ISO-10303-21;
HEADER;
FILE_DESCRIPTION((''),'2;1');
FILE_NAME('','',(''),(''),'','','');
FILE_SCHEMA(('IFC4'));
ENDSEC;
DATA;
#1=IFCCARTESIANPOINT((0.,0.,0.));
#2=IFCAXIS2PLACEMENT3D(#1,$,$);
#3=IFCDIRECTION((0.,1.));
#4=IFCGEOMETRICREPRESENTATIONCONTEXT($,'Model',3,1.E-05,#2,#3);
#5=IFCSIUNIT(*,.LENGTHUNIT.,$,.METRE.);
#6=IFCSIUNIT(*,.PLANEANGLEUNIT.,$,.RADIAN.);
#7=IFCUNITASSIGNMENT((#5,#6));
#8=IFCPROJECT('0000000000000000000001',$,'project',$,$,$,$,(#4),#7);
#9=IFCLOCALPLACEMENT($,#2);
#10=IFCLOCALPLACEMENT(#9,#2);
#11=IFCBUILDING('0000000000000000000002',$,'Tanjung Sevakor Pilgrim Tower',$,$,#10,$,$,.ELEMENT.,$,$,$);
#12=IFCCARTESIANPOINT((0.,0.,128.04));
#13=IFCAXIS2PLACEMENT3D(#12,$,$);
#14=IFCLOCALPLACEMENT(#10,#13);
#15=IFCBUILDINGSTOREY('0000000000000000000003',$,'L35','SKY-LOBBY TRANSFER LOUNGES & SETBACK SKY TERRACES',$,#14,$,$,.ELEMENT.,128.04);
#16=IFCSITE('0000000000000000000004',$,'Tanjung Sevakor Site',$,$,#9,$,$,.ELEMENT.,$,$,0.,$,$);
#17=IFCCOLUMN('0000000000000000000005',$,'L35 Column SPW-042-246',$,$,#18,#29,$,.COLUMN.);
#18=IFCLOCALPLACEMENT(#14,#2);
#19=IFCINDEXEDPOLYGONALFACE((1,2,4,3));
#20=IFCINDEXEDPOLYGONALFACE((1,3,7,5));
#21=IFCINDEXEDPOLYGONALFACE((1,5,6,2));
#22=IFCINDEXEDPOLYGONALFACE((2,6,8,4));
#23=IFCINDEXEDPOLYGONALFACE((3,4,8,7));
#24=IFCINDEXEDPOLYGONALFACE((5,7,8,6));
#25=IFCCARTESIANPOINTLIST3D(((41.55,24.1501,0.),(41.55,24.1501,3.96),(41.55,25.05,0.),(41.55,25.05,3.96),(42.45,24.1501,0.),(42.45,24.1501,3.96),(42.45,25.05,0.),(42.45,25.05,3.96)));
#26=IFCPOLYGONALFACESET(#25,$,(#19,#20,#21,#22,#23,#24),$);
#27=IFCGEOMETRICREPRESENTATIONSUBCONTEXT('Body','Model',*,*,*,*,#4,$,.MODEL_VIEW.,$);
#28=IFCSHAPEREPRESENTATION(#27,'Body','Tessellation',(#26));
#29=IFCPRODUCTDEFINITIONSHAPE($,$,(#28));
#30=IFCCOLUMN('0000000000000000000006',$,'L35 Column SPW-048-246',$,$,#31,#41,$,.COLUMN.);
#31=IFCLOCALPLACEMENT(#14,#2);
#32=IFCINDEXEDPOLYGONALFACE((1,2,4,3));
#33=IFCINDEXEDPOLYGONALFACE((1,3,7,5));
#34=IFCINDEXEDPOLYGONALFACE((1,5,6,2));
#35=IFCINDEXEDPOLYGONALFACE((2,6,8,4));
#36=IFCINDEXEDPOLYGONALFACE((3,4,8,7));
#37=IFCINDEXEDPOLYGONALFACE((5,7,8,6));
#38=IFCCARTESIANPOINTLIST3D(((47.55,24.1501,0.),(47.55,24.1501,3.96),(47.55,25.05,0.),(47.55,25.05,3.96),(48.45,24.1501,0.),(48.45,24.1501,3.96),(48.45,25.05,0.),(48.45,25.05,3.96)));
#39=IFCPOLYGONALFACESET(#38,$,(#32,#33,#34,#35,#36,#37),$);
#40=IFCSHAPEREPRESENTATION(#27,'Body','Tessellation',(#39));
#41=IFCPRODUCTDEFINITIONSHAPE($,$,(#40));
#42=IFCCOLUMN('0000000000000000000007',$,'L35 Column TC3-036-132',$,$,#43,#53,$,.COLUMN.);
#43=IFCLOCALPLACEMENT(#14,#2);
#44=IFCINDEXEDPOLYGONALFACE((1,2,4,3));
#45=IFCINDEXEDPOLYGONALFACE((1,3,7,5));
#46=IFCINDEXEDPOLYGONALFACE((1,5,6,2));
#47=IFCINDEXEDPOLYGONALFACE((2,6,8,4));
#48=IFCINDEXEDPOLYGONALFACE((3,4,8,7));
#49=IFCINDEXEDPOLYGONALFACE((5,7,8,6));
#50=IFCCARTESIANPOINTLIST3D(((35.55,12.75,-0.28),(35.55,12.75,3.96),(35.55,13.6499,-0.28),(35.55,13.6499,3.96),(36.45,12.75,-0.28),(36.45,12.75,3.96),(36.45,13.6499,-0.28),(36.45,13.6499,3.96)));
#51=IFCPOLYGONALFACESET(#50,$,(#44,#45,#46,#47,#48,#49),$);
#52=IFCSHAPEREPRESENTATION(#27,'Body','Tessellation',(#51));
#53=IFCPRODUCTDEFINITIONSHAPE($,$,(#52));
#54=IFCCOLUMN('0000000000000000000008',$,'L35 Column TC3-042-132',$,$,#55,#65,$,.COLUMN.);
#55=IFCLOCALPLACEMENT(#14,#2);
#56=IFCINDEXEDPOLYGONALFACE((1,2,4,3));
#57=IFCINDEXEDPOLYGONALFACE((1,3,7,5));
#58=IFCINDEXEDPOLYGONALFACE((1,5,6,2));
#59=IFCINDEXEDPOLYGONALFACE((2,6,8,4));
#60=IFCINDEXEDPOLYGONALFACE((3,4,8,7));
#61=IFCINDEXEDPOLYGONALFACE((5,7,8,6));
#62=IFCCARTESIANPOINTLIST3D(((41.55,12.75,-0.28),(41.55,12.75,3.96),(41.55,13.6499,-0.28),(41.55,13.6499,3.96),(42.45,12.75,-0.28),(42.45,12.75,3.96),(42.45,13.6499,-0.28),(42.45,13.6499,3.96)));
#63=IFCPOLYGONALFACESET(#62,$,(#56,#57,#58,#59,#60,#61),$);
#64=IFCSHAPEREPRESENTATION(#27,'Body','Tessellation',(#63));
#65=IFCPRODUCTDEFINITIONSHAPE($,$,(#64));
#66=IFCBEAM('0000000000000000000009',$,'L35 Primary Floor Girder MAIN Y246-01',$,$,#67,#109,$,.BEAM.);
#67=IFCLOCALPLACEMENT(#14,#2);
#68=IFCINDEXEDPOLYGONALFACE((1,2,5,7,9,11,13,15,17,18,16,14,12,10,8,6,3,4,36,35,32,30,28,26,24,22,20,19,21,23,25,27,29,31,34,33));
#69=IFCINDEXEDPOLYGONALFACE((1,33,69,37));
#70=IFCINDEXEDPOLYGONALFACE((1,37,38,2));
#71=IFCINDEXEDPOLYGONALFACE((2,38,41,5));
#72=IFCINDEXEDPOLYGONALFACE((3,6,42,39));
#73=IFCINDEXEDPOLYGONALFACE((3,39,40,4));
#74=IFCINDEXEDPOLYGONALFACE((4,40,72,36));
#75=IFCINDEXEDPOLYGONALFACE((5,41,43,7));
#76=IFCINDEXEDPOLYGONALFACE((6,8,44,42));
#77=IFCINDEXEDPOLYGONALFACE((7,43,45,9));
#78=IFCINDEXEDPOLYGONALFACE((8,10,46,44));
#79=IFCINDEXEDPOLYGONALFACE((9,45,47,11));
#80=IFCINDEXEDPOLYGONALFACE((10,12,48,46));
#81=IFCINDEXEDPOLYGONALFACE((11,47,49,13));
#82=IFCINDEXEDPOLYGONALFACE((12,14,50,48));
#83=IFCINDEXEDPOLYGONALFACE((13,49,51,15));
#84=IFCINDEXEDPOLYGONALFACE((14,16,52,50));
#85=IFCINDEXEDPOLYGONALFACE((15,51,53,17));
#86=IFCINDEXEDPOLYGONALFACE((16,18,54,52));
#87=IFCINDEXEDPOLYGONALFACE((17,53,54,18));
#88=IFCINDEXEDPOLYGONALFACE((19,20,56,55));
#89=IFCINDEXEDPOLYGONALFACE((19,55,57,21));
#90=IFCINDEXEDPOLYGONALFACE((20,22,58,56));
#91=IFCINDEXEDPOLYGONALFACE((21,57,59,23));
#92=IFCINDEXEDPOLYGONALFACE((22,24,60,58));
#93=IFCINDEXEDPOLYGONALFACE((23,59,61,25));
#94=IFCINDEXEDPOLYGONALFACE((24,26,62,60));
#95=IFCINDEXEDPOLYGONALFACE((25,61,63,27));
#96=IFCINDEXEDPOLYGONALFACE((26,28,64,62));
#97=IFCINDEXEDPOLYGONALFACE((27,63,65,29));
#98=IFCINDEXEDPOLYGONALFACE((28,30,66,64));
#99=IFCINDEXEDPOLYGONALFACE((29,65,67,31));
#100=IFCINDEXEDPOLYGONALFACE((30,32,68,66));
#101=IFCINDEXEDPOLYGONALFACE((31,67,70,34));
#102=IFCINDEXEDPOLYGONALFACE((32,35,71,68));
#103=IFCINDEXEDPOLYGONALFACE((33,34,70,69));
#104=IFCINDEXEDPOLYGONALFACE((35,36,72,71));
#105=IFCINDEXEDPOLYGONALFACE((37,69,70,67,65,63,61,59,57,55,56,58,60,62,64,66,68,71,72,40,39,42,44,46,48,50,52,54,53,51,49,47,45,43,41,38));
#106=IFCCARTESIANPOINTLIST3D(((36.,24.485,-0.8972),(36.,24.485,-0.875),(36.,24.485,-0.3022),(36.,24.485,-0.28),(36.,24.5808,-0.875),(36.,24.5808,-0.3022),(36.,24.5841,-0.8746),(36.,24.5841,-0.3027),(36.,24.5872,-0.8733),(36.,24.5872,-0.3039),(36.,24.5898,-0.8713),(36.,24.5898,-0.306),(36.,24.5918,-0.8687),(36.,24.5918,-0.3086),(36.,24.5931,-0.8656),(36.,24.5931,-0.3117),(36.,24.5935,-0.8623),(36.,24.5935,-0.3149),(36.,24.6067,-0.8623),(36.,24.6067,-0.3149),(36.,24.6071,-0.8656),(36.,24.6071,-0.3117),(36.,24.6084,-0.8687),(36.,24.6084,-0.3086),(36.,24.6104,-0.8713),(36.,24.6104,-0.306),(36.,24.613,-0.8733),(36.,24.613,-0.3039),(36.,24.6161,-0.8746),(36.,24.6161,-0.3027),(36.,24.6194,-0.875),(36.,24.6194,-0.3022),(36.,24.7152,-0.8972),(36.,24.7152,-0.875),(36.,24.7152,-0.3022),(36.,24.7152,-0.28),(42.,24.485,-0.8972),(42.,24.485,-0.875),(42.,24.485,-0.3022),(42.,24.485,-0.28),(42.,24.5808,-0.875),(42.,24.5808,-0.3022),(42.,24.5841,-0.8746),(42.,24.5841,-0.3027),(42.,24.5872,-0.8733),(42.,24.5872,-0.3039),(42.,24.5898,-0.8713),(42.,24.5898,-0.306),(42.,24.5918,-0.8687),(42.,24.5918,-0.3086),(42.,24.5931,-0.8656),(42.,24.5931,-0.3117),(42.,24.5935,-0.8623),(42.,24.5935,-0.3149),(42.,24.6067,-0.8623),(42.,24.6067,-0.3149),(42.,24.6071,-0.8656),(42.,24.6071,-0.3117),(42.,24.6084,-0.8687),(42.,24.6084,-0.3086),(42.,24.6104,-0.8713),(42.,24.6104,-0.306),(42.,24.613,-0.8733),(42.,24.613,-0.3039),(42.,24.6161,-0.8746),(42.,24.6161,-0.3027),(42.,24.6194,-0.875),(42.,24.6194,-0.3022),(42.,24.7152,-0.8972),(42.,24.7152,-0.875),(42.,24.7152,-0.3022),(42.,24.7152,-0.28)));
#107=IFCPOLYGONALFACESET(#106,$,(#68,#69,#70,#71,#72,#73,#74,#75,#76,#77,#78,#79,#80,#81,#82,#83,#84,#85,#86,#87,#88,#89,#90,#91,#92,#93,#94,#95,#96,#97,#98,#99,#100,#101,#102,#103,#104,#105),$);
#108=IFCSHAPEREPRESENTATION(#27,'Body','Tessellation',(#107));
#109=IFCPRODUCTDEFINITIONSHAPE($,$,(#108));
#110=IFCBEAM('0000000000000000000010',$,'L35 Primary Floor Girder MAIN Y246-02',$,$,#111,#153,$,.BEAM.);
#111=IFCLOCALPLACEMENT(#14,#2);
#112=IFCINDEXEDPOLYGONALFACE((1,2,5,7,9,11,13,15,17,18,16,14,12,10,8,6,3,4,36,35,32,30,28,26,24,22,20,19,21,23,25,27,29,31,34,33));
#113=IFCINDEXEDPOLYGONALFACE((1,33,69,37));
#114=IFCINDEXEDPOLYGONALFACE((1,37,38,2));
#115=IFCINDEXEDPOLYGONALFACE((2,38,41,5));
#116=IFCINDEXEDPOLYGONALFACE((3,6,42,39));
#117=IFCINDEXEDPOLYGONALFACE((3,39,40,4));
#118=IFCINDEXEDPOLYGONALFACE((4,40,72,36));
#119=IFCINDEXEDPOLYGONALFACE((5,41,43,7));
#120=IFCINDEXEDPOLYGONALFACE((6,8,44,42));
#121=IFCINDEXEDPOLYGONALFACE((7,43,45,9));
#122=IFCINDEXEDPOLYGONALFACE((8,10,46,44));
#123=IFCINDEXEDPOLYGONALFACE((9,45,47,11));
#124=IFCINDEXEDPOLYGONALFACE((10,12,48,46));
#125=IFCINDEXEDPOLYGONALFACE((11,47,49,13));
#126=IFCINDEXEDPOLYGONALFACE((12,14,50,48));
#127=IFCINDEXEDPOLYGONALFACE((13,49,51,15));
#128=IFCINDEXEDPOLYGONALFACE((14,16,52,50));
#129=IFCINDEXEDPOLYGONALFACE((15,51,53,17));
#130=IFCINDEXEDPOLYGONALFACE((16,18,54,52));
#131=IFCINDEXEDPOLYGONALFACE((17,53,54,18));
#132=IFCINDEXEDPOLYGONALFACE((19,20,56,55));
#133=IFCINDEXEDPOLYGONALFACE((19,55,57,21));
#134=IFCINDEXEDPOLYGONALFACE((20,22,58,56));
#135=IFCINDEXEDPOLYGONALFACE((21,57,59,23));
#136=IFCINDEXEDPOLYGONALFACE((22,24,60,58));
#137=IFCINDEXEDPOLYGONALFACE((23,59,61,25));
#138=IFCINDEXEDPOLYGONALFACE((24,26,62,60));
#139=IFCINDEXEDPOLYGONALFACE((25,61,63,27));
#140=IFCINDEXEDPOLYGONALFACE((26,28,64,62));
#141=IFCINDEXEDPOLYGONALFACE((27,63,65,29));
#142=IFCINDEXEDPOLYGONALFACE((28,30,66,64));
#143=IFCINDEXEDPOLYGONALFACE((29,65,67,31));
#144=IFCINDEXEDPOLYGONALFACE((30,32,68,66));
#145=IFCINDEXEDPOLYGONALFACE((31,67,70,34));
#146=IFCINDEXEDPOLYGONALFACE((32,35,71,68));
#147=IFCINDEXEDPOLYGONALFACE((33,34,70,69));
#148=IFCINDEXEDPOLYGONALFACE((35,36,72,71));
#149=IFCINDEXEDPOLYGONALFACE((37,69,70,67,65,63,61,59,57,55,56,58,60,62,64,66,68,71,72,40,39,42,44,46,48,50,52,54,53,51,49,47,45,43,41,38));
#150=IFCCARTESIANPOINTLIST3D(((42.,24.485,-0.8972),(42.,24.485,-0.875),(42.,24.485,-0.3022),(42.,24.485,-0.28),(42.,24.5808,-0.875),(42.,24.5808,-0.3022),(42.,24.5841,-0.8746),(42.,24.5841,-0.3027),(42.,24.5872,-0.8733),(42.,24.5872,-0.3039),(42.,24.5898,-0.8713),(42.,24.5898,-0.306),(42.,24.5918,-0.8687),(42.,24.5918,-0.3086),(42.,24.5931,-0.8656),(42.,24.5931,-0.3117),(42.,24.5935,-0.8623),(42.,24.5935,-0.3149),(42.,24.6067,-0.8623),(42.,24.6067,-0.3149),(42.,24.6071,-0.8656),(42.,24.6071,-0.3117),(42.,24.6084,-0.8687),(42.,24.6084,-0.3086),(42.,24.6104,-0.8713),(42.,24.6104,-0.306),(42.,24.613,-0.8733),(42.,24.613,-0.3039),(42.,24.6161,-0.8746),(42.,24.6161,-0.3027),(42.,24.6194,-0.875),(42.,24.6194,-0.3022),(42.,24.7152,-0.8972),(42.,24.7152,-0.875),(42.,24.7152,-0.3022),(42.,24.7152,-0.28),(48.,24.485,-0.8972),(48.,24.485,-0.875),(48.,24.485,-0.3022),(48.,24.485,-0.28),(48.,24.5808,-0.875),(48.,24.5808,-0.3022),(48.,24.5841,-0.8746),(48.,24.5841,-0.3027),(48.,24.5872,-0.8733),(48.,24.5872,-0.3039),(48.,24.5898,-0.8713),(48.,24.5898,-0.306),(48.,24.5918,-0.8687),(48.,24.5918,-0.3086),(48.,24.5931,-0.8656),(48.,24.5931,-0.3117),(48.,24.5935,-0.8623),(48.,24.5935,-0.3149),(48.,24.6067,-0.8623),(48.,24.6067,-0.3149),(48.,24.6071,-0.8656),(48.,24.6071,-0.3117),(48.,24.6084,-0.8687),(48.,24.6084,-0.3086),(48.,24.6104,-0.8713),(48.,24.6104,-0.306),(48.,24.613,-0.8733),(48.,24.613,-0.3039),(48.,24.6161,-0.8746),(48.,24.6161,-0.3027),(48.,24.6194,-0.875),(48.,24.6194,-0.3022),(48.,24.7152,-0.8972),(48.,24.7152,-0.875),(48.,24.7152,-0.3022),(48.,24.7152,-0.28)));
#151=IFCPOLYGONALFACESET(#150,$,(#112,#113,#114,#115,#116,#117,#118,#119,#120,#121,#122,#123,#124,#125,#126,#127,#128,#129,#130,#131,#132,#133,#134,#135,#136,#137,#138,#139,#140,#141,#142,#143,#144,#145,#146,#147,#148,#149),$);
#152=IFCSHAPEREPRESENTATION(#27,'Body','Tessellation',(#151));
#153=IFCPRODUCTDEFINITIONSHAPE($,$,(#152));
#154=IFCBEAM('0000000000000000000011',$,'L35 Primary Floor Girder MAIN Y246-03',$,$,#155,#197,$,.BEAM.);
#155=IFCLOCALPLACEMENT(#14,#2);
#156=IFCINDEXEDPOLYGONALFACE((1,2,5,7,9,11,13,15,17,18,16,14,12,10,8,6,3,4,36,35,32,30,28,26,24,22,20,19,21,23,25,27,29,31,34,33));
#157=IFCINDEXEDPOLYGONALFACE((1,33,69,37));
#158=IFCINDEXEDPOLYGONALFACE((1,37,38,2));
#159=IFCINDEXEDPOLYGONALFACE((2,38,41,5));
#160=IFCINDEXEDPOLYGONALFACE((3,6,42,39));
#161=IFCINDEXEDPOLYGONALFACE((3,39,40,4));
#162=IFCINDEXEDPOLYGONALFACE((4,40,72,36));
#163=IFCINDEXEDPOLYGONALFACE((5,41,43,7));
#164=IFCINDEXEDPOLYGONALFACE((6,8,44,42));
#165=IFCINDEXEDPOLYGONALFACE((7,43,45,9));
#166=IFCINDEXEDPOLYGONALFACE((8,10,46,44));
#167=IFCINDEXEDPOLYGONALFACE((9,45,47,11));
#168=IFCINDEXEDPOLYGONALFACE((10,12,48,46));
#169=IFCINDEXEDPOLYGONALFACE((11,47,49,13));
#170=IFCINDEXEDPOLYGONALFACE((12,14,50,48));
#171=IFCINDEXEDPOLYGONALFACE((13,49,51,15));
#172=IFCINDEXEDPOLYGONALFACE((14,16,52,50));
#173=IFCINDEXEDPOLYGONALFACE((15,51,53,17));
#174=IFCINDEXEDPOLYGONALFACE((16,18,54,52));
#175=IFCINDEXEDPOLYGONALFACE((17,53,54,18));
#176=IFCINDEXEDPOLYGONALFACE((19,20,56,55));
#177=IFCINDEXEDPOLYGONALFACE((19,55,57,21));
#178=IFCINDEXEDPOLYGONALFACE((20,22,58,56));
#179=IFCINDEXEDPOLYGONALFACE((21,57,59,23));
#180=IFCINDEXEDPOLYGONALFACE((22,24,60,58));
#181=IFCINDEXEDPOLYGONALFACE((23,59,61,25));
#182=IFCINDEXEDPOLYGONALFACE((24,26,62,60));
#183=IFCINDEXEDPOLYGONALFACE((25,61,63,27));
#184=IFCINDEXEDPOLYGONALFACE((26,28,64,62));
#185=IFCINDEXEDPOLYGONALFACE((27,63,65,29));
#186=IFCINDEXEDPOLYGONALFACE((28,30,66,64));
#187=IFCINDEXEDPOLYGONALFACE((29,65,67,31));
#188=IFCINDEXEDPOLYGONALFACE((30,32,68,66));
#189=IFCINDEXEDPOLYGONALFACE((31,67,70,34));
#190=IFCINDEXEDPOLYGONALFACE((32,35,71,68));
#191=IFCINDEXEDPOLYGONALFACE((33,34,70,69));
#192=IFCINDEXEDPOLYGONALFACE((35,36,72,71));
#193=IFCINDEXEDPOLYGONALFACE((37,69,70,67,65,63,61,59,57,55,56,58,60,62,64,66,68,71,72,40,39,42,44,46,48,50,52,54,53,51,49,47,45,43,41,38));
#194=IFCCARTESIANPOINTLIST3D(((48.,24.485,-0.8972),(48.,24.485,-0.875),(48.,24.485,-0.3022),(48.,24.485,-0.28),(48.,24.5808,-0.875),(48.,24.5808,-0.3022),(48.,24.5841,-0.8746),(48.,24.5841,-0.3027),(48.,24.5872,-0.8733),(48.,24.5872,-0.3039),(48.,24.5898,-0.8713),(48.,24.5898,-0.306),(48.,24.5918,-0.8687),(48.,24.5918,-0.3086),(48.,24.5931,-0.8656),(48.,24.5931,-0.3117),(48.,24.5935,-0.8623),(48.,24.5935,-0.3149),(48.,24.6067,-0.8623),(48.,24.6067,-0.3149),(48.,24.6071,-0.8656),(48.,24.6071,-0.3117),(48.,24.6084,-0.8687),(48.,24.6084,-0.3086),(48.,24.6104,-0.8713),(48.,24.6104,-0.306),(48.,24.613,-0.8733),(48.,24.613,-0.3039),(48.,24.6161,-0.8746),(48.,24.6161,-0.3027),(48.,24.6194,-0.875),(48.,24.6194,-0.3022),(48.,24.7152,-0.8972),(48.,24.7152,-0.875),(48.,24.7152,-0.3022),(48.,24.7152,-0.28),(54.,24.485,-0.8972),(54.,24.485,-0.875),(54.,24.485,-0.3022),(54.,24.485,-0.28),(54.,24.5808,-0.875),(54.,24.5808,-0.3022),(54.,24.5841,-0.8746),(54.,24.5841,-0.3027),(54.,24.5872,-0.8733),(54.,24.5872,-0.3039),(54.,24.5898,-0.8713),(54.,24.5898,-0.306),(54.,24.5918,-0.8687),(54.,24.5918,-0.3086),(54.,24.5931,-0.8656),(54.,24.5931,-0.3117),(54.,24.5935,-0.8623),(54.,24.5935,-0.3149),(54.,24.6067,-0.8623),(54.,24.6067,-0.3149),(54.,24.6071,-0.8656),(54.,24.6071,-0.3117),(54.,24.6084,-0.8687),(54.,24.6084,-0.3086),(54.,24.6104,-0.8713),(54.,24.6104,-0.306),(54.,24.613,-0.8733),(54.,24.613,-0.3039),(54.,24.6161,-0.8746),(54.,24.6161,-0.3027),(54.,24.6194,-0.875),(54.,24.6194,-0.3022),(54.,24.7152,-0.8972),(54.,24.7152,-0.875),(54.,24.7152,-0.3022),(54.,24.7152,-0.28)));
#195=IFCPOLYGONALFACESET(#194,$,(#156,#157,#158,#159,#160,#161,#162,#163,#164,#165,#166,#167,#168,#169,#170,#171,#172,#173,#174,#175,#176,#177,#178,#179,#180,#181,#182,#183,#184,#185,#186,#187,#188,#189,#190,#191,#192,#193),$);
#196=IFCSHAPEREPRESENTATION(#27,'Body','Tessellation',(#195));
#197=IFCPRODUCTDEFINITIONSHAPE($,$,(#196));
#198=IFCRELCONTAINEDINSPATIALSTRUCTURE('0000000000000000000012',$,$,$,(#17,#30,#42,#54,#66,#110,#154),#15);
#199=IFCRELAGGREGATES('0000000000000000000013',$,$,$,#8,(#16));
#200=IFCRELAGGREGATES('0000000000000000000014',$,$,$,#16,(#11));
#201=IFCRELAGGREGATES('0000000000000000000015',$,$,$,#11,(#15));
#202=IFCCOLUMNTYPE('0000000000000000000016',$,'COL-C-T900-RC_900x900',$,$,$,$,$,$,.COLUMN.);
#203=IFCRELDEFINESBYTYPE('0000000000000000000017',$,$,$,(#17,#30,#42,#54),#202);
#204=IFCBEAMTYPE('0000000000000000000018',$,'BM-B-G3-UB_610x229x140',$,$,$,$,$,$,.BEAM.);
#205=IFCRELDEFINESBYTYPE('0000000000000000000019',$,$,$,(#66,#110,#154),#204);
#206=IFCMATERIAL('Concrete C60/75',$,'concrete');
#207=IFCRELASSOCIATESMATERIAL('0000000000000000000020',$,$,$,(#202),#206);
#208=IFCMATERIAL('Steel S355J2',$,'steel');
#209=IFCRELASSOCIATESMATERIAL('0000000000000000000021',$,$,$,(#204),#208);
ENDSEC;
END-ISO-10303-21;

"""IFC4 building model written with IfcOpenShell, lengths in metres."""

from ifc_helpers import new_model, si_unit, direction, frame, origin, origin_2d, place, context, subcontext, project, spatial, rectangle, i_section, extrude, material, material_profile, profile_set, type_object, element, save


model = new_model("IFC4")

# Units and contexts
model_context = context("Model", 3, precision=1e-05, world=origin(), true_north=direction((0.0, 1.0)))
body_context = subcontext(model_context, "Body", "Model", "MODEL_VIEW")
ifc_project = project(units=[si_unit("LENGTHUNIT", "METRE"), si_unit("PLANEANGLEUNIT", "RADIAN")], contexts=[model_context])

# Site, building, storey
site_placement = place(None, origin())
site = spatial("IfcSite", under=ifc_project, at=site_placement, Name="Tanjung Sevakor Site", CompositionType="ELEMENT", RefElevation=0.0)
building_placement = place(site_placement, origin())
building = spatial("IfcBuilding", under=site, at=building_placement, Name="Tanjung Sevakor Pilgrim Tower", CompositionType="ELEMENT")
storey_placement = place(building_placement, frame((0.0, 0.0, 128.04)))
storey = spatial("IfcBuildingStorey", under=building, at=storey_placement, Name="L35", Description="SKY-LOBBY TRANSFER LOUNGES & SETBACK SKY TERRACES", CompositionType="ELEMENT", Elevation=128.04)

# Columns
ifc_material_1 = material(Name="Concrete C60/75", Category="concrete")
ifc_material_profile_1 = material_profile(ifc_material_1, rectangle(XDim=0.8999, YDim=0.8999, at=origin_2d()))
ifc_profile_set_1 = profile_set([ifc_material_profile_1], Name="Concrete C60/75")
column_type = type_object("IfcColumnType", Name="COL-C-T900-RC_900x900", PredefinedType="COLUMN", material=ifc_profile_set_1)
for number, where, z_axis, x_axis, name in (
    (1, (42.0, 24.6001, 0.0), (0.0, 0.0, 1.0), (1.0, 0.0, 0.0), "L35 Column SPW-042-246"),
    (2, (48.0, 24.6001, 0.0), (0.0, 0.0, 1.0), (1.0, 0.0, 0.0), "L35 Column SPW-048-246"),
):
    element("IfcColumn", number, at=place(storey_placement, frame(where, z_axis=z_axis, x_axis=x_axis)), inside=storey, type_object=column_type, Name=name, PredefinedType="COLUMN", context=body_context, shape_type="SweptSolid", body=[
        extrude(rectangle(XDim=0.8999, YDim=0.8999, at=origin_2d()), origin(), (0.0, 0.0, 1.0), 3.96),
    ])
for number, where, z_axis, x_axis, name in (
    (3, (36.0, 13.2, -0.28), (0.0, 0.0, 1.0), (1.0, 0.0, 0.0), "L35 Column TC3-036-132"),
    (4, (42.0, 13.2, -0.28), (0.0, 0.0, 1.0), (1.0, 0.0, 0.0), "L35 Column TC3-042-132"),
):
    element("IfcColumn", number, at=place(storey_placement, frame(where, z_axis=z_axis, x_axis=x_axis)), inside=storey, type_object=column_type, Name=name, PredefinedType="COLUMN", context=body_context, shape_type="SweptSolid", body=[
        extrude(rectangle(XDim=0.8999, YDim=0.8999, at=origin_2d()), origin(), (0.0, 0.0, 1.0), 4.24),
    ])

# Beams
ifc_material_2 = material(Name="Steel S355J2", Category="steel")
ifc_material_profile_2 = material_profile(ifc_material_2, i_section(OverallWidth=0.2302, OverallDepth=0.6172, WebThickness=0.0132, FlangeThickness=0.0222, FilletRadius=0.0127, at=origin_2d()))
ifc_profile_set_2 = profile_set([ifc_material_profile_2], Name="Steel S355J2")
beam_type_1 = type_object("IfcBeamType", Name="BM-B-G3-UB_610x229x140", PredefinedType="BEAM", material=ifc_profile_set_2)
for number, where, z_axis, x_axis, name in (
    (5, (36.0, 24.6001, -0.5886), (1.0, 0.0, 0.0), (0.0, 1.0, 0.0), "L35 Primary Floor Girder MAIN Y246-01"),
    (6, (42.0, 24.6001, -0.5886), (1.0, 0.0, 0.0), (0.0, 1.0, 0.0), "L35 Primary Floor Girder MAIN Y246-02"),
    (7, (48.0, 24.6001, -0.5886), (1.0, 0.0, 0.0), (0.0, 1.0, 0.0), "L35 Primary Floor Girder MAIN Y246-03"),
):
    element("IfcBeam", number, at=place(storey_placement, frame(where, z_axis=z_axis, x_axis=x_axis)), inside=storey, type_object=beam_type_1, Name=name, PredefinedType="BEAM", context=body_context, shape_type="SweptSolid", body=[
        extrude(i_section(OverallWidth=0.2302, OverallDepth=0.6172, WebThickness=0.0132, FlangeThickness=0.0222, FilletRadius=0.0127, at=origin_2d()), origin(), (0.0, 0.0, 1.0), 6.0),
    ])

save(model, "model.ifc")
